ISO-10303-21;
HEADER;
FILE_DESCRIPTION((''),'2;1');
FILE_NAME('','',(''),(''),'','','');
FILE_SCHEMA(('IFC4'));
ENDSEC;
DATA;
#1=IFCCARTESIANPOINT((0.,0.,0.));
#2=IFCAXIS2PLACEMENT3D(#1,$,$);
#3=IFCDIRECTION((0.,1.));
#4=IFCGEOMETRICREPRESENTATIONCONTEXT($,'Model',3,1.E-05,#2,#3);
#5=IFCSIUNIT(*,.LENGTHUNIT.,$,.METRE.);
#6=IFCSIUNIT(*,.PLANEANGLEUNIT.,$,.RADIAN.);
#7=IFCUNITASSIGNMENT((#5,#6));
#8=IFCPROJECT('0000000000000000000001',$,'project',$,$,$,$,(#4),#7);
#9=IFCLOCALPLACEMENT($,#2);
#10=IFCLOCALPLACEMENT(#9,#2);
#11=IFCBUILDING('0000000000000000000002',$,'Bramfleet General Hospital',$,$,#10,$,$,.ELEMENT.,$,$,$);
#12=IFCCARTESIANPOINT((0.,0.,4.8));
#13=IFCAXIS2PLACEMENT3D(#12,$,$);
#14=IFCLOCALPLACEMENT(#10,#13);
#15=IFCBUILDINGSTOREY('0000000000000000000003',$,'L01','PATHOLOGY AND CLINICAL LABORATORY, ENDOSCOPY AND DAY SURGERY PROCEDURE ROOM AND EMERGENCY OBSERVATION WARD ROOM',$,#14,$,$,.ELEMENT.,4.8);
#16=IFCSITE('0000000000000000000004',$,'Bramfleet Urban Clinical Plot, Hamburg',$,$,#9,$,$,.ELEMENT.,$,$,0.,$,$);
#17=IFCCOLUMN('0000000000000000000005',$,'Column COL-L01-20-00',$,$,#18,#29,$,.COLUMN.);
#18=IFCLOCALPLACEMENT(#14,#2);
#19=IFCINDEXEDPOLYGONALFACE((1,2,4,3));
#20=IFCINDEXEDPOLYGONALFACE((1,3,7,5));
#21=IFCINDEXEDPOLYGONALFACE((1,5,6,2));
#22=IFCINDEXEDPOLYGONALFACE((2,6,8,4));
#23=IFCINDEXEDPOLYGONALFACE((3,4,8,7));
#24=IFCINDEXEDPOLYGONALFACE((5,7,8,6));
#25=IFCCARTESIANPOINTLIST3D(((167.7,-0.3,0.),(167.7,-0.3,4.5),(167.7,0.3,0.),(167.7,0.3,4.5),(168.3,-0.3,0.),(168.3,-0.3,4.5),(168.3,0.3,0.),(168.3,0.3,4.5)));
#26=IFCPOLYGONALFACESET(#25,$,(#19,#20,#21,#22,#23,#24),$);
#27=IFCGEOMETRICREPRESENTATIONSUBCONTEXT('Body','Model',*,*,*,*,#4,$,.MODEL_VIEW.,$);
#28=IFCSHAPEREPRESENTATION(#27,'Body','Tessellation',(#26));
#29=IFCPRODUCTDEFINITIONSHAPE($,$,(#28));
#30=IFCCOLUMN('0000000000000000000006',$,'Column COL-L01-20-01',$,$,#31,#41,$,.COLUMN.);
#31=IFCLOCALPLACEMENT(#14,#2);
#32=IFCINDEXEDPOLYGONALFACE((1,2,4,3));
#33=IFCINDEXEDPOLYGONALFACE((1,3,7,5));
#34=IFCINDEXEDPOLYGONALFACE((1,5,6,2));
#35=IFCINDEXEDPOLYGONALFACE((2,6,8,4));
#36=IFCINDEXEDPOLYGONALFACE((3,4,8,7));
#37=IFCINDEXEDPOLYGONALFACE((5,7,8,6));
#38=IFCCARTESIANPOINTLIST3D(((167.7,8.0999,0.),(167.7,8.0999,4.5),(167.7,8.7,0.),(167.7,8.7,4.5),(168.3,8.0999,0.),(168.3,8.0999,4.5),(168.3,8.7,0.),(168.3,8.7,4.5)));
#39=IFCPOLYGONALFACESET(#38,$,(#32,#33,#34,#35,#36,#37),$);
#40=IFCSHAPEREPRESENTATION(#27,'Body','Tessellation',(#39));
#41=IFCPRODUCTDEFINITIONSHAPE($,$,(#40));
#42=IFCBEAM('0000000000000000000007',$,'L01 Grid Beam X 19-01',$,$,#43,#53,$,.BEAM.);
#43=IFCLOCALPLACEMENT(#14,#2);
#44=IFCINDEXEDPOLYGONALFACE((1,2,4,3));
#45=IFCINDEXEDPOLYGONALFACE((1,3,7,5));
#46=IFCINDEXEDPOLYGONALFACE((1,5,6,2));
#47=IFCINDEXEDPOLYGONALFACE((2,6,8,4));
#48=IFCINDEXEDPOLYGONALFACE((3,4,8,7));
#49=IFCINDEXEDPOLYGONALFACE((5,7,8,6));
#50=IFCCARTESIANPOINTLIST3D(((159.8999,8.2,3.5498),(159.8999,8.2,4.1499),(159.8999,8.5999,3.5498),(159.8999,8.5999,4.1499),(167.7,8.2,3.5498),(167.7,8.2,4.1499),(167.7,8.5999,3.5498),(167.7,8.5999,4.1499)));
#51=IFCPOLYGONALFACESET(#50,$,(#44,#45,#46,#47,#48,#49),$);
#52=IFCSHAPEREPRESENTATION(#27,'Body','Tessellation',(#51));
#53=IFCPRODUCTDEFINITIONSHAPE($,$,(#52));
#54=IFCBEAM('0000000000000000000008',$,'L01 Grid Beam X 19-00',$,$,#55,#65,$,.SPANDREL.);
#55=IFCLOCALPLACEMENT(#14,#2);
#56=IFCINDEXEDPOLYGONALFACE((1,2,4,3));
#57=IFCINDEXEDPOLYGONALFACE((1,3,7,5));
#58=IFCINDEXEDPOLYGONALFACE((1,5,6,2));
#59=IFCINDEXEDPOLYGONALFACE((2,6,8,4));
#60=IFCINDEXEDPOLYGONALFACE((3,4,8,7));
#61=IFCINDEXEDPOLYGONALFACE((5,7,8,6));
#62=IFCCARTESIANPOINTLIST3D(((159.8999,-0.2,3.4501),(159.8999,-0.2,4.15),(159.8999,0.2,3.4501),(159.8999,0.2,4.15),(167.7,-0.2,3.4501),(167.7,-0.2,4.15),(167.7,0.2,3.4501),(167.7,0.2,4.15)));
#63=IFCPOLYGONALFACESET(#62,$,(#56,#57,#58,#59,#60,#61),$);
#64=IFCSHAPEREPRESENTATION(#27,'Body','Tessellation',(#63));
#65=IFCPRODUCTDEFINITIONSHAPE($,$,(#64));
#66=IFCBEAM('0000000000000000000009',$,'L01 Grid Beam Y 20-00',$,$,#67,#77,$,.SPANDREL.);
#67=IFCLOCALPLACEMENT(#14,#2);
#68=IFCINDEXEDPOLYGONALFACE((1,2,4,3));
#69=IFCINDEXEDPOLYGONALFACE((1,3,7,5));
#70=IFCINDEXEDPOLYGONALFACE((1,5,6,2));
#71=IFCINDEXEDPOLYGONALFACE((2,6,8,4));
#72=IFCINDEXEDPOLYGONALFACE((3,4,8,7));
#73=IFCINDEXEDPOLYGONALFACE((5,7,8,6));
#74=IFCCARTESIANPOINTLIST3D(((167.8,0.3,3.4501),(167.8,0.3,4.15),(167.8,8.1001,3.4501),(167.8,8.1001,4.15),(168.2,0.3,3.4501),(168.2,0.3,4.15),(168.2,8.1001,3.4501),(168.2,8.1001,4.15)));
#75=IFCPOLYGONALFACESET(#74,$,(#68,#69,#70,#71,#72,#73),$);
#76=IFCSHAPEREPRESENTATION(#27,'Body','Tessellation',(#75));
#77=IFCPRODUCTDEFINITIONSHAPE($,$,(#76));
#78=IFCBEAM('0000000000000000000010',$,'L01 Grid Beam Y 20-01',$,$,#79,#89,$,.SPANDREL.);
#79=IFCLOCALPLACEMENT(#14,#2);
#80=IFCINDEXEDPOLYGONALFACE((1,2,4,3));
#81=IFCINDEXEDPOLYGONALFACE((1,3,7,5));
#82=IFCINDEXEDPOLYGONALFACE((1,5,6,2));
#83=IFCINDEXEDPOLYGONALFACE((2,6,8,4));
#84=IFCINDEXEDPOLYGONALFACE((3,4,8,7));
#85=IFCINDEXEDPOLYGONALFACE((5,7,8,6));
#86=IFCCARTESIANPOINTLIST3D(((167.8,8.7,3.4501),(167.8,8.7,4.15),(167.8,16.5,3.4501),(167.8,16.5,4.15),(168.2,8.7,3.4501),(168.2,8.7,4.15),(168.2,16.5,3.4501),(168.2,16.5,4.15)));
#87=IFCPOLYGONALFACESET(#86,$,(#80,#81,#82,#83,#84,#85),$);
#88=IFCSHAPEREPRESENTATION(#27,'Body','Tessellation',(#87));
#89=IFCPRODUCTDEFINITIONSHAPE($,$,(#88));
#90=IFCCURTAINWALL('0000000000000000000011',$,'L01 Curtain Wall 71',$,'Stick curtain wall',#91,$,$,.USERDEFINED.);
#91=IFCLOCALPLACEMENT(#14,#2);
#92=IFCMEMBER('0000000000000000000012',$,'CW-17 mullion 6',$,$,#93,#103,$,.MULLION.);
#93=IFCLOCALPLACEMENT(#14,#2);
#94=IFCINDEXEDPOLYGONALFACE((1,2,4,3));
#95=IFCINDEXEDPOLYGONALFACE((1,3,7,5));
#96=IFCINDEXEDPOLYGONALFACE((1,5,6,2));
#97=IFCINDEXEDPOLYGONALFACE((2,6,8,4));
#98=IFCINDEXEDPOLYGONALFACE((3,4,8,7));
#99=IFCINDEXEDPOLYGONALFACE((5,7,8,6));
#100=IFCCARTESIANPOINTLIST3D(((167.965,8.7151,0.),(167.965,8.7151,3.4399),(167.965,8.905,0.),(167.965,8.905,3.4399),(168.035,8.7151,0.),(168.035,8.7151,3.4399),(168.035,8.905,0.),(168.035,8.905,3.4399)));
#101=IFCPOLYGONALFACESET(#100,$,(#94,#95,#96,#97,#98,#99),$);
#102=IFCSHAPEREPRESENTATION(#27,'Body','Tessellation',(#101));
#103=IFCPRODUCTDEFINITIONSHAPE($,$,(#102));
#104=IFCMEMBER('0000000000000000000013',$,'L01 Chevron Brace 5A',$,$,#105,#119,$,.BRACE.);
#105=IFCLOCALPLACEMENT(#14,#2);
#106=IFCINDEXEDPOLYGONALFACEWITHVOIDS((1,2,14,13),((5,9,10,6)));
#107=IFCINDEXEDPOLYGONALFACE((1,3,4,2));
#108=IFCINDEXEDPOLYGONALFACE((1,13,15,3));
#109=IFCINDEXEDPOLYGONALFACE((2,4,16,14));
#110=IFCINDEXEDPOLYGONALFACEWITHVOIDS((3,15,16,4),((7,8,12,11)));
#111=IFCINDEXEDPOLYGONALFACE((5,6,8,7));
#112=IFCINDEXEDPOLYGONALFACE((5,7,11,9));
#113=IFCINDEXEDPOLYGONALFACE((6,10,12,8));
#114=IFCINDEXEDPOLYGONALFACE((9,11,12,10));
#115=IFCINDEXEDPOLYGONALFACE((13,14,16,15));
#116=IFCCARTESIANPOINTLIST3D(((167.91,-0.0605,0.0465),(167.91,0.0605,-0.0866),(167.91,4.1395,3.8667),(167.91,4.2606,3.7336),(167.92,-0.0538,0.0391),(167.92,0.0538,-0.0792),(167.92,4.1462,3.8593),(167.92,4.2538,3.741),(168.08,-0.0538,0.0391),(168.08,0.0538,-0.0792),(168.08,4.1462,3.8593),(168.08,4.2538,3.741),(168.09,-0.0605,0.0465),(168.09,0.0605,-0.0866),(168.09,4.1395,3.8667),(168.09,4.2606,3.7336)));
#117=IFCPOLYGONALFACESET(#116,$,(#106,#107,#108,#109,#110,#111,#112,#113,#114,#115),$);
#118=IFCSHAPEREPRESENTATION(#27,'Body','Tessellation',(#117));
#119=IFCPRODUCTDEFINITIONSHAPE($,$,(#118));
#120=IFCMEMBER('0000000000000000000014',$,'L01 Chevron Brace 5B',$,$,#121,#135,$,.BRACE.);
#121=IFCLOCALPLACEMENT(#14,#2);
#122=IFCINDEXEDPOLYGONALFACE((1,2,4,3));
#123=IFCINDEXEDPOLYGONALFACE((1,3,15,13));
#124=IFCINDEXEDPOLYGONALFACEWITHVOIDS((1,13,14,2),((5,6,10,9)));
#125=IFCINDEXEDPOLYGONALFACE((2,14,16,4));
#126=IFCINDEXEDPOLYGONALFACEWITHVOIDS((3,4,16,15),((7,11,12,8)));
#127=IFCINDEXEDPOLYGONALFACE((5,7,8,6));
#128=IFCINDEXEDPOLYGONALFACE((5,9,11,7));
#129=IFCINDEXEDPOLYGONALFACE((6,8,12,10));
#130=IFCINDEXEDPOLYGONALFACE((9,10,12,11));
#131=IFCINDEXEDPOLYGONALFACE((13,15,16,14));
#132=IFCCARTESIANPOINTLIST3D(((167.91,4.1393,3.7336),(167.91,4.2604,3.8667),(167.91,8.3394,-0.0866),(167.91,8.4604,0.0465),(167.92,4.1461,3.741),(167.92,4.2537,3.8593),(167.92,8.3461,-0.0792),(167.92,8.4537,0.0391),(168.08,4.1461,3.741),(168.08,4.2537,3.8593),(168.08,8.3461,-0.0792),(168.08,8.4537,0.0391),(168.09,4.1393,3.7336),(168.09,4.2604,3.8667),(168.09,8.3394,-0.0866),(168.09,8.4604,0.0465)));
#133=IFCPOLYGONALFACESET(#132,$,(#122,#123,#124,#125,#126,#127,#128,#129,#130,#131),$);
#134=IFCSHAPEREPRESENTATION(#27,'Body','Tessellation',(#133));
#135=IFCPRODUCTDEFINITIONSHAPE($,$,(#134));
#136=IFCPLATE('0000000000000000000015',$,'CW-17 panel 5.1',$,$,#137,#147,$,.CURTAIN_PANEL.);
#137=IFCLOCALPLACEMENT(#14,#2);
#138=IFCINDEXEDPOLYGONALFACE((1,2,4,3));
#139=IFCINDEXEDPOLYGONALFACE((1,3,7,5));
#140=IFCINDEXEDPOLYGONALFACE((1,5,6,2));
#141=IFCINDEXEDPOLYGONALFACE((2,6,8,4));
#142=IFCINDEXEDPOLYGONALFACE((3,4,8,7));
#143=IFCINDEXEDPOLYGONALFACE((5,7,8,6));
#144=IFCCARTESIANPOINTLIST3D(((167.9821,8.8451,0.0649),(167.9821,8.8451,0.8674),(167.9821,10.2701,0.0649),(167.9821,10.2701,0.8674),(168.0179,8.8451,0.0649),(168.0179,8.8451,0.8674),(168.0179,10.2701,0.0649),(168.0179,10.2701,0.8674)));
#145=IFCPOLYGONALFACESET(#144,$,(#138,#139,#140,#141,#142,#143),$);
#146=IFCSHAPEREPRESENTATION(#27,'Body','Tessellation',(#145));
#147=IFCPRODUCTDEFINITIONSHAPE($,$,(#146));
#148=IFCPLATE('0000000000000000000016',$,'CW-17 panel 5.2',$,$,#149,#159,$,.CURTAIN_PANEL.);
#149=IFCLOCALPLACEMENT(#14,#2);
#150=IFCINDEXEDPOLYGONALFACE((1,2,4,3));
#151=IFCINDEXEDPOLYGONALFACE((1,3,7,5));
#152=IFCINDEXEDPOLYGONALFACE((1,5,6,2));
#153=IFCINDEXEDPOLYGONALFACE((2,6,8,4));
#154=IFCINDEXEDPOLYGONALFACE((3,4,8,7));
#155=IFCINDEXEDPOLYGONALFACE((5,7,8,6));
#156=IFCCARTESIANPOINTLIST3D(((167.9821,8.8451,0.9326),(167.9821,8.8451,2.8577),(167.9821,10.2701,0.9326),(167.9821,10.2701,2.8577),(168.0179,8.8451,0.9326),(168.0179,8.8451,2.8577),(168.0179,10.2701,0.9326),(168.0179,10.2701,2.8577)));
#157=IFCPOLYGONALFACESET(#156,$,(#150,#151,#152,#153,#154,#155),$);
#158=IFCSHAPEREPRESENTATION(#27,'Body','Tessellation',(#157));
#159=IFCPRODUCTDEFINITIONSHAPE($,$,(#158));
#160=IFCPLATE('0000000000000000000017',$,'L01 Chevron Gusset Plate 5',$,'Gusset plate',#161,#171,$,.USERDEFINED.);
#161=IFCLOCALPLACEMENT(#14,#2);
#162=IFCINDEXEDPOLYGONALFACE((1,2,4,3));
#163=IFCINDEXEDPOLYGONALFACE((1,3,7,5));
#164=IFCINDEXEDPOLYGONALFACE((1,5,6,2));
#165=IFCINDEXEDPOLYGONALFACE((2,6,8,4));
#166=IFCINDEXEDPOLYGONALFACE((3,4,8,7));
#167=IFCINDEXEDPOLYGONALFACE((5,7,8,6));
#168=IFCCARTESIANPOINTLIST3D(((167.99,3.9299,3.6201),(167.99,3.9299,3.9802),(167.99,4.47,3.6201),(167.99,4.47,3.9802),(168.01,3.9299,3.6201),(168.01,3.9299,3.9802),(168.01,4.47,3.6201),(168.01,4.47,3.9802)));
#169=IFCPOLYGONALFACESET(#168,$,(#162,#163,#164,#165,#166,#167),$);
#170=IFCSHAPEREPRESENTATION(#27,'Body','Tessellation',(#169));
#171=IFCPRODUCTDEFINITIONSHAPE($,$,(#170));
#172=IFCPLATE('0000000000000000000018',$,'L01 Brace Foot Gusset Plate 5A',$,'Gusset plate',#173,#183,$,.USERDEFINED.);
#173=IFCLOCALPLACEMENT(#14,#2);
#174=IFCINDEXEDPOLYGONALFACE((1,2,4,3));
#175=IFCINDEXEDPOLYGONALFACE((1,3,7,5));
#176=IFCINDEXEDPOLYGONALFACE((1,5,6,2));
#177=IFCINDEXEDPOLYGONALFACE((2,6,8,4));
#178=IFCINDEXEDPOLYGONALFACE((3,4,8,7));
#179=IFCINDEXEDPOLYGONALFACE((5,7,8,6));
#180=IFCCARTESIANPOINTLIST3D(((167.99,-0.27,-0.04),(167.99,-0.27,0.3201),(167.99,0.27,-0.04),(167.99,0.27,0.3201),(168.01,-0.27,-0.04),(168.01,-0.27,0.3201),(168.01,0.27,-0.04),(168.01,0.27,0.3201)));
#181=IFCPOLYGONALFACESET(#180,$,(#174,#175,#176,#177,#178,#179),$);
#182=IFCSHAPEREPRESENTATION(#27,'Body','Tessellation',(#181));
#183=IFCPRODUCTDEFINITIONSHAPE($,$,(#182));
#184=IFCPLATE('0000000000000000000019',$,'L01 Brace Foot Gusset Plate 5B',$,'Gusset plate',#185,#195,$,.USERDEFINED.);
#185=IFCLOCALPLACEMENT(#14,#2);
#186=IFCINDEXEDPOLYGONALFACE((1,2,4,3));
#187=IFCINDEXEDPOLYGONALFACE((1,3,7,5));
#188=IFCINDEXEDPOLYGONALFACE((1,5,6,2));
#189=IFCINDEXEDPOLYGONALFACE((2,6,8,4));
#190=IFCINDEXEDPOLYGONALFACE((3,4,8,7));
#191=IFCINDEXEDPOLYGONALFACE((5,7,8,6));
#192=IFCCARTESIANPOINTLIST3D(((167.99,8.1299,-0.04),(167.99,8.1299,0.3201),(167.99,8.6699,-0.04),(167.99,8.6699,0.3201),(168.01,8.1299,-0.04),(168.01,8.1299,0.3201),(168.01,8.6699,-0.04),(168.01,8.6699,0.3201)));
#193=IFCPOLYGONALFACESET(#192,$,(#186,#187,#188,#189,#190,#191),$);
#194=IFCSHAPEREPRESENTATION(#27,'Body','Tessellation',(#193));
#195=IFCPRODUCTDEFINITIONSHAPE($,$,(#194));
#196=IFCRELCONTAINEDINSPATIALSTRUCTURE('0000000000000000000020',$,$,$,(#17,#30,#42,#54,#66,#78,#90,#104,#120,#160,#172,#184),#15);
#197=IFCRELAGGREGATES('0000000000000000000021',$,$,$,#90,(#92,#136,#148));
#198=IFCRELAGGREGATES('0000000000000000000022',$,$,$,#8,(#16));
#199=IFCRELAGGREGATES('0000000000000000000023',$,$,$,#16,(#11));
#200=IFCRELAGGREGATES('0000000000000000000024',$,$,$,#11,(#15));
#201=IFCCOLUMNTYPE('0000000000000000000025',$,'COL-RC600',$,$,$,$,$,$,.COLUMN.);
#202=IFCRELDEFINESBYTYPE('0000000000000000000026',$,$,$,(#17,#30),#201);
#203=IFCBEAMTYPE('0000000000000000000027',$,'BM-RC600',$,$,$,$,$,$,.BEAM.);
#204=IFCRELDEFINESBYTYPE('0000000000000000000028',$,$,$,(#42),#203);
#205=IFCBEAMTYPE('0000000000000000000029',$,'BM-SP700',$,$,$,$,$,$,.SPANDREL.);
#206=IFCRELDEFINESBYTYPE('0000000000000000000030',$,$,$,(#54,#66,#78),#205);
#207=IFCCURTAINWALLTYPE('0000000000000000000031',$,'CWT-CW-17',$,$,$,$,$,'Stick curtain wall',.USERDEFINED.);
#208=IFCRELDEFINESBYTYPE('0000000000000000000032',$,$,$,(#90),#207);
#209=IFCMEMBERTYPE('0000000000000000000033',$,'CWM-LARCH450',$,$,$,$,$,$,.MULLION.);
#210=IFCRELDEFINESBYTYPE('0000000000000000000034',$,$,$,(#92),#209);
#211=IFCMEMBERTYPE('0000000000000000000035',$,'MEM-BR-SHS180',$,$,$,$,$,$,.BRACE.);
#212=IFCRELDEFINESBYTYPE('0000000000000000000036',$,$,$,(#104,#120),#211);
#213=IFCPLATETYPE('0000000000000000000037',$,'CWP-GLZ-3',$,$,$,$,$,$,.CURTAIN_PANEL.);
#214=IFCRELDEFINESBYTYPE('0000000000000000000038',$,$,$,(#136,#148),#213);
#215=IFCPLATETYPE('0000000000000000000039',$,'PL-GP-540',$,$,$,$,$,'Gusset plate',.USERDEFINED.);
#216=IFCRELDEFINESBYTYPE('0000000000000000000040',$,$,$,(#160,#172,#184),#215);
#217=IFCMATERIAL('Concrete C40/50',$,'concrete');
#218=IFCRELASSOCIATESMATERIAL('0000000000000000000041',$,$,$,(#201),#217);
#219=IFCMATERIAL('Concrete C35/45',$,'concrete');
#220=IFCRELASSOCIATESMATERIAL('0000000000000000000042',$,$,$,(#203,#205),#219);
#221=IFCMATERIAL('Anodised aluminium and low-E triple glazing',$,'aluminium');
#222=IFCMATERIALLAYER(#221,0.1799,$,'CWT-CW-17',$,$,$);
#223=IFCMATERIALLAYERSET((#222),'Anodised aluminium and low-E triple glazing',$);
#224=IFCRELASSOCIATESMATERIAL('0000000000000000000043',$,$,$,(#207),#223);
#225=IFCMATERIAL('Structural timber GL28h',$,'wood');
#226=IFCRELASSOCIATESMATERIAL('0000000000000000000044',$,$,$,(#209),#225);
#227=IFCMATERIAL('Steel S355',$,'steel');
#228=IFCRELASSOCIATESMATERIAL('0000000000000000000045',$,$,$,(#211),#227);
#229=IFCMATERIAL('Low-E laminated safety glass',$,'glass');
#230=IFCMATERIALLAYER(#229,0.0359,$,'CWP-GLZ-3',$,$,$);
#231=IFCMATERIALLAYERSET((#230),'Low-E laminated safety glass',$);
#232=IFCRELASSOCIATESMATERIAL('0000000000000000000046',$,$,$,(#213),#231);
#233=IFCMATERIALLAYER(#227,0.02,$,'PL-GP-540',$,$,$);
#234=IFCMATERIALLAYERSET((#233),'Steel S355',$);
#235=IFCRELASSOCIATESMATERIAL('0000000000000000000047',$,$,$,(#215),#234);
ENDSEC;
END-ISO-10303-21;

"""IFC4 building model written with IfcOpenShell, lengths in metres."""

from ifc_helpers import new_model, si_unit, direction, frame, origin, origin_2d, place, context, subcontext, project, spatial, rectangle, hollow_rectangle, extrude, material, layer, layer_set, material_profile, profile_set, type_object, element, aggregate, save


model = new_model("IFC4")

# Units and contexts
model_context = context("Model", 3, precision=1e-05, world=origin(), true_north=direction((0.0, 1.0)))
body_context = subcontext(model_context, "Body", "Model", "MODEL_VIEW")
ifc_project = project(units=[si_unit("LENGTHUNIT", "METRE"), si_unit("PLANEANGLEUNIT", "RADIAN")], contexts=[model_context])

# Site, building, storey
site_placement = place(None, origin())
site = spatial("IfcSite", under=ifc_project, at=site_placement, Name="Bramfleet Urban Clinical Plot, Hamburg", CompositionType="ELEMENT", RefElevation=0.0)
building_placement = place(site_placement, origin())
building = spatial("IfcBuilding", under=site, at=building_placement, Name="Bramfleet General Hospital", CompositionType="ELEMENT")
storey_placement = place(building_placement, frame((0.0, 0.0, 4.8)))
storey = spatial("IfcBuildingStorey", under=building, at=storey_placement, Name="L01", Description="PATHOLOGY AND CLINICAL LABORATORY, ENDOSCOPY AND DAY SURGERY PROCEDURE ROOM AND EMERGENCY OBSERVATION WARD ROOM", CompositionType="ELEMENT", Elevation=4.8)

# Columns
ifc_material_1 = material(Name="Concrete C40/50", Category="concrete")
ifc_material_profile_1 = material_profile(ifc_material_1, rectangle(XDim=0.6001, YDim=0.6001, at=origin_2d()), Name="RC COL 600x600")
ifc_profile_set_1 = profile_set([ifc_material_profile_1], Name="Concrete C40/50")
column_type = type_object("IfcColumnType", Name="COL-RC600", PredefinedType="COLUMN", material=ifc_profile_set_1)
for number, where, z_axis, x_axis, name in (
    (1, (168.0, 0.0, 0.0), (0.0, 0.0, 1.0), (1.0, 0.0, 0.0), "Column COL-L01-20-00"),
    (2, (168.0, 8.3999, 0.0), (0.0, 0.0, 1.0), (1.0, 0.0, 0.0), "Column COL-L01-20-01"),
):
    element("IfcColumn", number, at=place(storey_placement, frame(where, z_axis=z_axis, x_axis=x_axis)), inside=storey, type_object=column_type, Name=name, PredefinedType="COLUMN", context=body_context, shape_type="SweptSolid", body=[
        extrude(rectangle(XDim=0.6001, YDim=0.6001, at=origin_2d()), origin(), (0.0, 0.0, 1.0), 4.5),
    ])

# Beams
ifc_material_2 = material(Name="Concrete C35/45", Category="concrete")
ifc_material_profile_2 = material_profile(ifc_material_2, rectangle(XDim=0.3999, YDim=0.6001, at=origin_2d()), Name="RC BM 600x400")
ifc_profile_set_2 = profile_set([ifc_material_profile_2], Name="Concrete C35/45")
beam_type_1 = type_object("IfcBeamType", Name="BM-RC600", PredefinedType="BEAM", material=ifc_profile_set_2)
beam_placement = place(storey_placement, frame((159.8999, 8.3999, 3.8499), z_axis=(1.0, 0.0, 0.0), x_axis=(0.0, 1.0, 0.0)))
element("IfcBeam", 3, at=beam_placement, inside=storey, type_object=beam_type_1, Name="L01 Grid Beam X 19-01", PredefinedType="BEAM", context=body_context, shape_type="SweptSolid", body=[
    extrude(rectangle(XDim=0.3999, YDim=0.6001, at=origin_2d()), origin(), (0.0, 0.0, 1.0), 7.8),
])
ifc_material_profile_3 = material_profile(ifc_material_2, rectangle(XDim=0.3999, YDim=0.7, at=origin_2d()), Name="RC SP 700x400")
ifc_profile_set_3 = profile_set([ifc_material_profile_3], Name="Concrete C35/45")
beam_type_2 = type_object("IfcBeamType", Name="BM-SP700", PredefinedType="SPANDREL", material=ifc_profile_set_3)
for number, where, z_axis, x_axis, name in (
    (4, (159.8999, 0.0, 3.8), (1.0, 0.0, 0.0), (0.0, 1.0, 0.0), "L01 Grid Beam X 19-00"),
    (5, (168.0, 0.3, 3.8), (0.0, 1.0, 0.0), (-1.0, 0.0, 0.0), "L01 Grid Beam Y 20-00"),
    (6, (168.0, 8.7, 3.8), (0.0, 1.0, 0.0), (-1.0, 0.0, 0.0), "L01 Grid Beam Y 20-01"),
):
    element("IfcBeam", number, at=place(storey_placement, frame(where, z_axis=z_axis, x_axis=x_axis)), inside=storey, type_object=beam_type_2, Name=name, PredefinedType="SPANDREL", context=body_context, shape_type="SweptSolid", body=[
        extrude(rectangle(XDim=0.3999, YDim=0.7, at=origin_2d()), origin(), (0.0, 0.0, 1.0), 7.8),
    ])

# Curtain wall, member
ifc_material_3 = material(Name="Anodised aluminium and low-E triple glazing", Category="aluminium")
ifc_layer_1 = layer(ifc_material_3, 0.1799, Name="CWT-CW-17")
ifc_layer_set_1 = layer_set([ifc_layer_1], Name="Anodised aluminium and low-E triple glazing")
curtain_wall_type = type_object("IfcCurtainWallType", Name="CWT-CW-17", ElementType="Stick curtain wall", PredefinedType="USERDEFINED", material=ifc_layer_set_1)
curtain_wall_placement = place(storey_placement, origin())
curtain_wall = element("IfcCurtainWall", 7, at=curtain_wall_placement, inside=storey, type_object=curtain_wall_type, Name="L01 Curtain Wall 71", ObjectType="Stick curtain wall", PredefinedType="USERDEFINED")
ifc_material_4 = material(Name="Structural timber GL28h", Category="wood")
ifc_material_profile_4 = material_profile(ifc_material_4, rectangle(XDim=0.0701, YDim=0.1899, at=origin_2d()), Name="LARCH 190x70")
ifc_profile_set_4 = profile_set([ifc_material_profile_4], Name="Structural timber GL28h")
member_type_1 = type_object("IfcMemberType", Name="CWM-LARCH450", PredefinedType="MULLION", material=ifc_profile_set_4)
member_placement = place(storey_placement, frame((168.0, 8.8101, 0.0), z_axis=(0.0, 0.0, 1.0), x_axis=(1.0, 0.0, 0.0)))
member = element("IfcMember", 8, at=member_placement, type_object=member_type_1, Name="CW-17 mullion 6", PredefinedType="MULLION", context=body_context, shape_type="SweptSolid", body=[
    extrude(rectangle(XDim=0.0701, YDim=0.1899, at=origin_2d()), origin(), (0.0, 0.0, 1.0), 3.4399),
])

# Members
ifc_material_5 = material(Name="Steel S355", Category="steel")
ifc_material_profile_5 = material_profile(ifc_material_5, hollow_rectangle(XDim=0.1799, YDim=0.1799, WallThickness=0.01, at=origin_2d()), Name="SHS 180x180x10.0")
ifc_profile_set_5 = profile_set([ifc_material_profile_5], Name="Steel S355")
member_type_2 = type_object("IfcMemberType", Name="MEM-BR-SHS180", PredefinedType="BRACE", material=ifc_profile_set_5)
for number, where, z_axis, x_axis, name in (
    (9, (168.0, 0.0, -0.02), (0.0, 0.739771, 0.672859), (-1.0, 0.0, 0.0), "L01 Chevron Brace 5A"),
    (10, (168.0, 8.3999, -0.02), (0.0, -0.739771, 0.672859), (1.0, 0.0, 0.0), "L01 Chevron Brace 5B"),
):
    element("IfcMember", number, at=place(storey_placement, frame(where, z_axis=z_axis, x_axis=x_axis)), inside=storey, type_object=member_type_2, Name=name, PredefinedType="BRACE", context=body_context, shape_type="SweptSolid", body=[
        extrude(hollow_rectangle(XDim=0.1799, YDim=0.1799, WallThickness=0.01, at=origin_2d()), origin(), (0.0, 0.0, 1.0), 5.6775),
    ])

# Plates
ifc_material_6 = material(Name="Low-E laminated safety glass", Category="glass")
ifc_layer_2 = layer(ifc_material_6, 0.0359, Name="CWP-GLZ-3")
ifc_layer_set_2 = layer_set([ifc_layer_2], Name="Low-E laminated safety glass")
plate_type_1 = type_object("IfcPlateType", Name="CWP-GLZ-3", PredefinedType="CURTAIN_PANEL", material=ifc_layer_set_2)
plate_1_placement = place(storey_placement, frame((168.0, 9.5576, 0.0649), z_axis=(0.0, 0.0, 1.0), x_axis=(0.0, -1.0, 0.0)))
plate_1 = element("IfcPlate", 11, at=plate_1_placement, type_object=plate_type_1, Name="CW-17 panel 5.1", PredefinedType="CURTAIN_PANEL", context=body_context, shape_type="SweptSolid", body=[
    extrude(rectangle(XDim=1.425, YDim=0.0359, at=origin_2d()), origin(), (0.0, 0.0, 1.0), 0.8025),
])
plate_2_placement = place(storey_placement, frame((168.0, 9.5576, 0.9326), z_axis=(0.0, 0.0, 1.0), x_axis=(0.0, -1.0, 0.0)))
plate_2 = element("IfcPlate", 12, at=plate_2_placement, type_object=plate_type_1, Name="CW-17 panel 5.2", PredefinedType="CURTAIN_PANEL", context=body_context, shape_type="SweptSolid", body=[
    extrude(rectangle(XDim=1.425, YDim=0.0359, at=origin_2d()), origin(), (0.0, 0.0, 1.0), 1.925),
])
aggregate(curtain_wall, [member, plate_1, plate_2])

# Plates
ifc_layer_3 = layer(ifc_material_5, 0.02, Name="PL-GP-540")
ifc_layer_set_3 = layer_set([ifc_layer_3], Name="Steel S355")
plate_type_2 = type_object("IfcPlateType", Name="PL-GP-540", ElementType="Gusset plate", PredefinedType="USERDEFINED", material=ifc_layer_set_3)
for number, where, z_axis, x_axis, name in (
    (13, (168.0, 4.2, 3.6201), (0.0, 0.0, 1.0), (1.0, 0.0, 0.0), "L01 Chevron Gusset Plate 5"),
    (14, (168.0, 0.0, -0.04), (0.0, 0.0, 1.0), (1.0, 0.0, 0.0), "L01 Brace Foot Gusset Plate 5A"),
    (15, (168.0, 8.3999, -0.04), (0.0, 0.0, 1.0), (1.0, 0.0, 0.0), "L01 Brace Foot Gusset Plate 5B"),
):
    element("IfcPlate", number, at=place(storey_placement, frame(where, z_axis=z_axis, x_axis=x_axis)), inside=storey, type_object=plate_type_2, Name=name, ObjectType="Gusset plate", PredefinedType="USERDEFINED", context=body_context, shape_type="SweptSolid", body=[
        extrude(rectangle(XDim=0.02, YDim=0.54, at=origin_2d()), origin(), (0.0, 0.0, 1.0), 0.3601),
    ])

save(model, "model.ifc")
